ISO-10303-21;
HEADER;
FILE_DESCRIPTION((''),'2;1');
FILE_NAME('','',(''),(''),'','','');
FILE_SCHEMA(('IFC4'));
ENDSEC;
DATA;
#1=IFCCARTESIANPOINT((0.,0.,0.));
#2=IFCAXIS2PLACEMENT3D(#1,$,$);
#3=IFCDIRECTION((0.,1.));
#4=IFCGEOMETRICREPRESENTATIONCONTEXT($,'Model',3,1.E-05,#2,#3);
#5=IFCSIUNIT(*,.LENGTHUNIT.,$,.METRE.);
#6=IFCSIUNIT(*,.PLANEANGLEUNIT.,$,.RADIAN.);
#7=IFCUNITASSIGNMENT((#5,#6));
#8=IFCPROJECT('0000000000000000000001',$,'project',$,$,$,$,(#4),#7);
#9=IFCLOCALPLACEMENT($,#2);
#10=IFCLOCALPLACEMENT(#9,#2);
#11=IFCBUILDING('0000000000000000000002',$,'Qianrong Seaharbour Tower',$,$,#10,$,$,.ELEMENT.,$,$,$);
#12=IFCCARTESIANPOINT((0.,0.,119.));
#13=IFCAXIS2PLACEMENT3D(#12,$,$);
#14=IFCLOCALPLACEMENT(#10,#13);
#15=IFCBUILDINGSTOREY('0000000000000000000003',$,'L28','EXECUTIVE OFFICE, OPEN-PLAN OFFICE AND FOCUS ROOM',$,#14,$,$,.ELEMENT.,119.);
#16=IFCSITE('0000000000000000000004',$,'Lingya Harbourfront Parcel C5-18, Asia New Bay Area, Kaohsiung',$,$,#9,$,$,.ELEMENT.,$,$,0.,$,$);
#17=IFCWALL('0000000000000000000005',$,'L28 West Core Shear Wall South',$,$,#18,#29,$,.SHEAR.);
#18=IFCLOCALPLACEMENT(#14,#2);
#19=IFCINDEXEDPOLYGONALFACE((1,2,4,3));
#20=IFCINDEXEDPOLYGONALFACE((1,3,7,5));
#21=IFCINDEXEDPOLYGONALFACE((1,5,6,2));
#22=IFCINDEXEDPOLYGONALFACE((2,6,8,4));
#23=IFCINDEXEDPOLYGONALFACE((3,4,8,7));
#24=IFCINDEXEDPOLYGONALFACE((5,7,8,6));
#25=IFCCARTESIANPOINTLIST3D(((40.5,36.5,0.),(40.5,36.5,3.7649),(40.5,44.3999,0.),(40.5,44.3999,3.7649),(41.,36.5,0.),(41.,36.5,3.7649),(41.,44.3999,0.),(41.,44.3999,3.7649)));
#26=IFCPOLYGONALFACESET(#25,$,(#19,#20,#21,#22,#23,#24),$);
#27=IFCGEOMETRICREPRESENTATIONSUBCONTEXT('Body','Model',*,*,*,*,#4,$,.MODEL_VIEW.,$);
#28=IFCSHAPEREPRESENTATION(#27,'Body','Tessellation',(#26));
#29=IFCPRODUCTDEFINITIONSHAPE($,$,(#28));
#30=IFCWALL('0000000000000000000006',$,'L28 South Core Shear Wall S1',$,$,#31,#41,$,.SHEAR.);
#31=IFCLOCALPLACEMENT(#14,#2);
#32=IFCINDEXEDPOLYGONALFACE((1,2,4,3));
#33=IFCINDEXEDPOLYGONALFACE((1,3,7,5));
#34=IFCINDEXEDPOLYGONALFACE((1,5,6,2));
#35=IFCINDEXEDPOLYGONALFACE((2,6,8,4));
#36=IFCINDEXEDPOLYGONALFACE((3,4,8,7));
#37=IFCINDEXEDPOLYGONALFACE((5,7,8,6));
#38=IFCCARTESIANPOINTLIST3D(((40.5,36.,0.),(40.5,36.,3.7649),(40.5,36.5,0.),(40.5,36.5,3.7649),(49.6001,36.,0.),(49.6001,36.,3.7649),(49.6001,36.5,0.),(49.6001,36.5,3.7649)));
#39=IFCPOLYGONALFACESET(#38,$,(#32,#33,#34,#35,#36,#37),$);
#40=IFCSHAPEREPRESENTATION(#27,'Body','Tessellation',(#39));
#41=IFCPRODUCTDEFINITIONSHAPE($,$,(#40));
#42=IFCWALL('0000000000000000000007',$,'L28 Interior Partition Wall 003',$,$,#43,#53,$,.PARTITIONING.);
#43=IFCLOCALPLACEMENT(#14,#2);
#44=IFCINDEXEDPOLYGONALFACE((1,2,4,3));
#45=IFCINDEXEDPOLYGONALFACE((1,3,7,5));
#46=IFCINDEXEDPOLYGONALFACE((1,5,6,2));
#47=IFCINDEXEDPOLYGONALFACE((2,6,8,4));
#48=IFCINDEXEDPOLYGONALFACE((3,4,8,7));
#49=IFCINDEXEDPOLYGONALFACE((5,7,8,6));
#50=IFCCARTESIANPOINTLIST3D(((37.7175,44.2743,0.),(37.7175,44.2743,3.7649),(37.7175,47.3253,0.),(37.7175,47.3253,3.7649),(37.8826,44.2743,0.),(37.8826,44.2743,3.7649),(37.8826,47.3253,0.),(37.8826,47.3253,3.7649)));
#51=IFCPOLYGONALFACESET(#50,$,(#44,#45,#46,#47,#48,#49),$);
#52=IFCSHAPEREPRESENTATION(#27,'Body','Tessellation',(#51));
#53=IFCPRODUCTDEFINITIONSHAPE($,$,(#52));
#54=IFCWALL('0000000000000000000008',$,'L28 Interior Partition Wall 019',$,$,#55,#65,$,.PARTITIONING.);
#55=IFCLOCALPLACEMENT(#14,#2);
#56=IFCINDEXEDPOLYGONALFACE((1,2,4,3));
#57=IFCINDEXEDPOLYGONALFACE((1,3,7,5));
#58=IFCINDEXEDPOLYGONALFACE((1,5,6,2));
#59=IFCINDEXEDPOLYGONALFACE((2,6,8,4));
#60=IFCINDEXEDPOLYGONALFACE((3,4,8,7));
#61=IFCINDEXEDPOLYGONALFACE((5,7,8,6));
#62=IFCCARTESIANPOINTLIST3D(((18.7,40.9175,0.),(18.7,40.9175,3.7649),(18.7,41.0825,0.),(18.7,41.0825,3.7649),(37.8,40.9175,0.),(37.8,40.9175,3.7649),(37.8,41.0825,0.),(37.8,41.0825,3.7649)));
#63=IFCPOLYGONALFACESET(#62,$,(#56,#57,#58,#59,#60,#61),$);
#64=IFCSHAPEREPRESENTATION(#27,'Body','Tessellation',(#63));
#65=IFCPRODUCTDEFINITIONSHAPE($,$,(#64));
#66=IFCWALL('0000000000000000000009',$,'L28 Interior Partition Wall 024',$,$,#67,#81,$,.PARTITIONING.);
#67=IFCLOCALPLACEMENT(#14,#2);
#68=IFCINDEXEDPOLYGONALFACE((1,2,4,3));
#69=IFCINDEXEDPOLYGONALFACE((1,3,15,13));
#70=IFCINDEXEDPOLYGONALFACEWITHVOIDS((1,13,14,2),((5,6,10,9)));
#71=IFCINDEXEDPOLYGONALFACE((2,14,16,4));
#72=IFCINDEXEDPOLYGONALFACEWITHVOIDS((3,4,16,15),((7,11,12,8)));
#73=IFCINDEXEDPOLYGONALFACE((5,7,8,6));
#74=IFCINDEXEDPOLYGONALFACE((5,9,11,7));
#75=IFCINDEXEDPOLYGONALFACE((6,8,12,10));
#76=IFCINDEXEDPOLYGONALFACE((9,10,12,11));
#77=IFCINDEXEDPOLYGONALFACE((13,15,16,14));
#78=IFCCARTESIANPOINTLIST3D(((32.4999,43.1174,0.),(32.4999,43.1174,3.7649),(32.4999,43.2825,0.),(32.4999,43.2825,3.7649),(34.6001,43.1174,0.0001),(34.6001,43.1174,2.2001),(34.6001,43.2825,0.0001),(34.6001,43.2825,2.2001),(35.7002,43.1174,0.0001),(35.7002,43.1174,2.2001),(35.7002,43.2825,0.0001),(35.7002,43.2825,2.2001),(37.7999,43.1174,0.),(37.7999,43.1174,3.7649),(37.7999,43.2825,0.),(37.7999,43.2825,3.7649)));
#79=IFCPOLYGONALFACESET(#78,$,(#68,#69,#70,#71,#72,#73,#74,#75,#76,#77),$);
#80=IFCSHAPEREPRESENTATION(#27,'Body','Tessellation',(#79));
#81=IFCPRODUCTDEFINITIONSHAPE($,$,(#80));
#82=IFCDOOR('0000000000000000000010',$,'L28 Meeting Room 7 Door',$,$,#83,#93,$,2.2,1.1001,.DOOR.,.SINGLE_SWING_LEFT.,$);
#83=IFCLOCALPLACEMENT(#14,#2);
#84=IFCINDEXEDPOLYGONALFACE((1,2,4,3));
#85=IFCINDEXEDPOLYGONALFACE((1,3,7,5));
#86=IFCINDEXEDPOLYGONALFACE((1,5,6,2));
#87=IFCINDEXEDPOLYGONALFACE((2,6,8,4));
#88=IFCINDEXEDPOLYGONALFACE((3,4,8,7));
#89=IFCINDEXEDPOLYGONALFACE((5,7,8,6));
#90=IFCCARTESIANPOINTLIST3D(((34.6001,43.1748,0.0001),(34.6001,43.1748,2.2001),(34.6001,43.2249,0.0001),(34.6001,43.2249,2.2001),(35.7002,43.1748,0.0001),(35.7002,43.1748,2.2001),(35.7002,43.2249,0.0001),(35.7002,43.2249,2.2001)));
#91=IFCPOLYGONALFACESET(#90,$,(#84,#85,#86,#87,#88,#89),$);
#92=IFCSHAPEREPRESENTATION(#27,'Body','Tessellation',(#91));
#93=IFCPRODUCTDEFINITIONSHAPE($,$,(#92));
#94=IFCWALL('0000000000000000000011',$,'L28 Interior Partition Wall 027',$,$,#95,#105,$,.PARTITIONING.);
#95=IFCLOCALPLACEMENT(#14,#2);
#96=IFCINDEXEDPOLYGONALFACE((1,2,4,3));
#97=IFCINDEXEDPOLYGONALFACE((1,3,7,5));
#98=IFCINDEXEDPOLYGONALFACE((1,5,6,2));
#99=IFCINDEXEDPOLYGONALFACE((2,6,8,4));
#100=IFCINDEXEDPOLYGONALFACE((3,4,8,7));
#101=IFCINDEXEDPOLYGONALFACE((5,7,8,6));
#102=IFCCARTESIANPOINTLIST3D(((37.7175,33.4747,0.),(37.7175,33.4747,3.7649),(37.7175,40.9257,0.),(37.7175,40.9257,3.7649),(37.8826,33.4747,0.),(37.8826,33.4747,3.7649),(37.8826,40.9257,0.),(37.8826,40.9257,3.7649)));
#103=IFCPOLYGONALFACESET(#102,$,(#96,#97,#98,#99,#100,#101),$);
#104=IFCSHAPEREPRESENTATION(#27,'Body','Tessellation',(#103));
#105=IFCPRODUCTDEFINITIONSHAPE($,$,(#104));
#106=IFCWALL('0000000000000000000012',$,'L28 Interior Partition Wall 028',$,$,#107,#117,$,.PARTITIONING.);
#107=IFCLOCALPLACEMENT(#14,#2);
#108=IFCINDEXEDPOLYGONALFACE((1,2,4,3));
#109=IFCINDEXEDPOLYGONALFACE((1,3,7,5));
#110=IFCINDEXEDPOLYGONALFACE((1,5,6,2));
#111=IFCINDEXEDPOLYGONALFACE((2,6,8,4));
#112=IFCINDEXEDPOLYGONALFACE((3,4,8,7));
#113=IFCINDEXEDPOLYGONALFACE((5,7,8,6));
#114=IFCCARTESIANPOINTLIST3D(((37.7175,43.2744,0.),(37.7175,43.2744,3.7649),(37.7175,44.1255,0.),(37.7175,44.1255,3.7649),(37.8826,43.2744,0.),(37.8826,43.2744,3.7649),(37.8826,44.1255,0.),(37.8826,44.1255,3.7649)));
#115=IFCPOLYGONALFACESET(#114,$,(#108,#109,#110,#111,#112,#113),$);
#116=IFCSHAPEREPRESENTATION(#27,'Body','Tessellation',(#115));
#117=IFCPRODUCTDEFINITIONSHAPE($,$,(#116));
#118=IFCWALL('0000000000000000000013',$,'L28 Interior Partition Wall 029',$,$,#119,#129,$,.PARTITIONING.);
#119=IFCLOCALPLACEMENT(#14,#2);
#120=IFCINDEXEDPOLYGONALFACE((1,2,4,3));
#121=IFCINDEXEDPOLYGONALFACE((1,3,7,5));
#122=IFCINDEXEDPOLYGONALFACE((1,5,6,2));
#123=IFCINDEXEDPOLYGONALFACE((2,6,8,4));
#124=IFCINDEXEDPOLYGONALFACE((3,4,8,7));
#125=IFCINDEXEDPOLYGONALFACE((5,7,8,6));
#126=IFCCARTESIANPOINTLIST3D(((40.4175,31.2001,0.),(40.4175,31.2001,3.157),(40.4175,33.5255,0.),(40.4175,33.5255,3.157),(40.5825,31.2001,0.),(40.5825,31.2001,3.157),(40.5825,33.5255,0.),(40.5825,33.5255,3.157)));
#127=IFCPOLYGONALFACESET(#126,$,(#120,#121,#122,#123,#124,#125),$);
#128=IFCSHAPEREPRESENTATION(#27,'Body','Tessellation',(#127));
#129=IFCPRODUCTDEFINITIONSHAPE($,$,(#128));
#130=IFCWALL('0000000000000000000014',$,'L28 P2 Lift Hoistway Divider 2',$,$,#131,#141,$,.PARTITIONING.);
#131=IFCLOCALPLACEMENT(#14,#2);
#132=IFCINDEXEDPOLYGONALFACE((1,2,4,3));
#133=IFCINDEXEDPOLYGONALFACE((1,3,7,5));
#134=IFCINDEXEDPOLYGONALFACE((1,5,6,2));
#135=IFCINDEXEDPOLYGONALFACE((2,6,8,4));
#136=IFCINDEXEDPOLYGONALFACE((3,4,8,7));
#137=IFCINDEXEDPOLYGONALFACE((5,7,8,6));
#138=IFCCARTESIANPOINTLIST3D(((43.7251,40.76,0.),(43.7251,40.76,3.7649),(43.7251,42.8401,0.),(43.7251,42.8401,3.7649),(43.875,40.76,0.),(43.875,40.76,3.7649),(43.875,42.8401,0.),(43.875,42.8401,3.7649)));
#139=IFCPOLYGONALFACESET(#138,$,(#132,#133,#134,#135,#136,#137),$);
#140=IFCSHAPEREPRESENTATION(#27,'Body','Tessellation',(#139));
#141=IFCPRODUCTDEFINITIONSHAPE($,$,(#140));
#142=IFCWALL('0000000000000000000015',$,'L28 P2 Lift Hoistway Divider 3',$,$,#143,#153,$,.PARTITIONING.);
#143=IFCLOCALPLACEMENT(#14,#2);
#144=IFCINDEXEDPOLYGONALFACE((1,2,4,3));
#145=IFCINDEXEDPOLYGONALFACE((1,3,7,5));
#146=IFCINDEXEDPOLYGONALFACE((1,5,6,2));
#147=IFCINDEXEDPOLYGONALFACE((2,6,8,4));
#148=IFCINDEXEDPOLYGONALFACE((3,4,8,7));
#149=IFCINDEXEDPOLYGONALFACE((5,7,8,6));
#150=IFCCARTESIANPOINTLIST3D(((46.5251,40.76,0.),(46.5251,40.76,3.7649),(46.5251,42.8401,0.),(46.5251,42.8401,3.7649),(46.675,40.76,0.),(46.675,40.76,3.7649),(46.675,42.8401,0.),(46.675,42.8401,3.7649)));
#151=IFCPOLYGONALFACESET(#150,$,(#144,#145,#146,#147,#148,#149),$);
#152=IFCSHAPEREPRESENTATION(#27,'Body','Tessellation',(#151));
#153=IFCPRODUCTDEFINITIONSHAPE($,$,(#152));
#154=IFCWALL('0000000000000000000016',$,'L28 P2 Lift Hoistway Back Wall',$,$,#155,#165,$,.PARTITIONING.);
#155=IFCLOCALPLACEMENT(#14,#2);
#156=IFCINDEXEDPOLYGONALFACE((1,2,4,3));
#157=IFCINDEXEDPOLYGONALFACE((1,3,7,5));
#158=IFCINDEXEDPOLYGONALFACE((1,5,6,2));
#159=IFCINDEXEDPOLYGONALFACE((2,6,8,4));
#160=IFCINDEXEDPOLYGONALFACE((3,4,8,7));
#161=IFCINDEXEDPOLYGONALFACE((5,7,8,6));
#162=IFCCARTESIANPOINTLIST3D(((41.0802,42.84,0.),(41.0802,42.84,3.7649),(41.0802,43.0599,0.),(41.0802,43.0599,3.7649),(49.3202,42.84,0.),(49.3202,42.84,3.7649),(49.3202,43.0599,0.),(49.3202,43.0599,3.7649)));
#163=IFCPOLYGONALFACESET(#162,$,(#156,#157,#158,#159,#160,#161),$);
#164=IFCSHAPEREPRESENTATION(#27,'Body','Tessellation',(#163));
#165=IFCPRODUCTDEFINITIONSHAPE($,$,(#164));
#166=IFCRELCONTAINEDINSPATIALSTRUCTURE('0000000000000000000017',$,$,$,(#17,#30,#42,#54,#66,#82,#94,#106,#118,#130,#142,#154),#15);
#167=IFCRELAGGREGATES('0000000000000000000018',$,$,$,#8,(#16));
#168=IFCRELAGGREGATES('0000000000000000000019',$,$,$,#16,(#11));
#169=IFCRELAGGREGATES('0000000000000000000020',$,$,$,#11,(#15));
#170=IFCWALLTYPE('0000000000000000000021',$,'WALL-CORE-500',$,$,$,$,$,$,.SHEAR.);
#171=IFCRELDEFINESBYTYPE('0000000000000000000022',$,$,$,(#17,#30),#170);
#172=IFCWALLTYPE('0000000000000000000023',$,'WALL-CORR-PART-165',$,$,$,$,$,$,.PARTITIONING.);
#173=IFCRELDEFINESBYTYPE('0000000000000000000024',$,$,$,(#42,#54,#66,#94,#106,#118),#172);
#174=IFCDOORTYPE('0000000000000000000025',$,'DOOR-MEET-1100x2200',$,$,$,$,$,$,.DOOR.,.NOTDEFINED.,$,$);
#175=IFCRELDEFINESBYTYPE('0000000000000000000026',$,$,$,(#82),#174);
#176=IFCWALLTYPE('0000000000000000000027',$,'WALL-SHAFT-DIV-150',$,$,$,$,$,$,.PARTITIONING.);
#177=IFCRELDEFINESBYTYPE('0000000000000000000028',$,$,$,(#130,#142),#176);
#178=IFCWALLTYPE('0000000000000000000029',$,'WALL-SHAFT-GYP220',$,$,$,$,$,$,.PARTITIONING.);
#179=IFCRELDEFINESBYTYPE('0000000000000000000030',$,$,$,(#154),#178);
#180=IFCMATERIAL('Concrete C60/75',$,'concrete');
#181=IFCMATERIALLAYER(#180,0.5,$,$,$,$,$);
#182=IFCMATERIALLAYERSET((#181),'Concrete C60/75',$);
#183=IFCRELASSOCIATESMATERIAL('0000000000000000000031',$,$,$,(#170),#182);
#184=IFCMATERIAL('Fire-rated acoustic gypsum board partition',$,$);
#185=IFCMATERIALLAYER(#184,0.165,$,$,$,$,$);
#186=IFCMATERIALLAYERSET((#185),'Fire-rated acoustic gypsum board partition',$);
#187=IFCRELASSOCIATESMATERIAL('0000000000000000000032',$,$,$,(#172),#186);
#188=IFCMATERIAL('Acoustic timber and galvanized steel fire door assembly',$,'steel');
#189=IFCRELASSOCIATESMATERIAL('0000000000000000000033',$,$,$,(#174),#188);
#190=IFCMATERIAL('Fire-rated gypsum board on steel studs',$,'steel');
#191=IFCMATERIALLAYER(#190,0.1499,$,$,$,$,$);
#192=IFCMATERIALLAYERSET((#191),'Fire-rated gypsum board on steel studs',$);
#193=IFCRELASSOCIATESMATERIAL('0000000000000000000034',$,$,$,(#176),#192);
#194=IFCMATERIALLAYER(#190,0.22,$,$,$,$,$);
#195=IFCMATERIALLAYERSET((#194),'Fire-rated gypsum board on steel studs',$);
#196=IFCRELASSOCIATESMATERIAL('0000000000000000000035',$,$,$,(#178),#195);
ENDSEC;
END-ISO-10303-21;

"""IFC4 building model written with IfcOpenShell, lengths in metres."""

from ifc_helpers import new_model, si_unit, direction, frame, frame_2d, origin, place, context, subcontext, project, spatial, rectangle, extrude, material, layer, layer_set, type_object, element, fill, save


model = new_model("IFC4")

# Units and contexts
model_context = context("Model", 3, precision=1e-05, world=origin(), true_north=direction((0.0, 1.0)))
body_context = subcontext(model_context, "Body", "Model", "MODEL_VIEW")
ifc_project = project(units=[si_unit("LENGTHUNIT", "METRE"), si_unit("PLANEANGLEUNIT", "RADIAN")], contexts=[model_context])

# Site, building, storey
site_placement = place(None, origin())
site = spatial("IfcSite", under=ifc_project, at=site_placement, Name="Lingya Harbourfront Parcel C5-18, Asia New Bay Area, Kaohsiung", CompositionType="ELEMENT", RefElevation=0.0)
building_placement = place(site_placement, origin())
building = spatial("IfcBuilding", under=site, at=building_placement, Name="Qianrong Seaharbour Tower", CompositionType="ELEMENT")
storey_placement = place(building_placement, frame((0.0, 0.0, 119.0)))
storey = spatial("IfcBuildingStorey", under=building, at=storey_placement, Name="L28", Description="EXECUTIVE OFFICE, OPEN-PLAN OFFICE AND FOCUS ROOM", CompositionType="ELEMENT", Elevation=119.0)

# Walls
ifc_material_1 = material(Name="Concrete C60/75", Category="concrete")
ifc_layer_1 = layer(ifc_material_1, 0.5)
ifc_layer_set_1 = layer_set([ifc_layer_1], Name="Concrete C60/75")
wall_type_1 = type_object("IfcWallType", Name="WALL-CORE-500", PredefinedType="SHEAR", material=ifc_layer_set_1)
wall_1_placement = place(storey_placement, frame((40.75, 36.5, 0.0), z_axis=(0.0, 0.0, 1.0), x_axis=(0.0, 1.0, 0.0)))
element("IfcWall", 1, at=wall_1_placement, inside=storey, type_object=wall_type_1, Name="L28 West Core Shear Wall South", PredefinedType="SHEAR", context=body_context, shape_type="SweptSolid", body=[
    extrude(rectangle(XDim=7.8999, YDim=0.5, at=frame_2d((3.95, 0.0))), origin(), (0.0, 0.0, 1.0), 3.7649),
])
wall_2_placement = place(storey_placement, frame((40.5, 36.25, 0.0), z_axis=(0.0, 0.0, 1.0), x_axis=(1.0, 0.0, 0.0)))
element("IfcWall", 2, at=wall_2_placement, inside=storey, type_object=wall_type_1, Name="L28 South Core Shear Wall S1", PredefinedType="SHEAR", context=body_context, shape_type="SweptSolid", body=[
    extrude(rectangle(XDim=9.1001, YDim=0.5, at=frame_2d((4.55, 0.0))), origin(), (0.0, 0.0, 1.0), 3.7649),
])

# Shared definitions
ifc_material_2 = material(Name="Fire-rated acoustic gypsum board partition")
ifc_layer_2 = layer(ifc_material_2, 0.165)
ifc_layer_set_2 = layer_set([ifc_layer_2], Name="Fire-rated acoustic gypsum board partition")
wall_type_2 = type_object("IfcWallType", Name="WALL-CORR-PART-165", PredefinedType="PARTITIONING", material=ifc_layer_set_2)
ifc_material_3 = material(Name="Acoustic timber and galvanized steel fire door assembly", Category="steel")

# Walls
wall_3_placement = place(storey_placement, frame((37.8, 44.2744, 0.0), z_axis=(0.0, 0.0, 1.0), x_axis=(0.0, 1.0, 0.0)))
element("IfcWall", 3, at=wall_3_placement, inside=storey, type_object=wall_type_2, Name="L28 Interior Partition Wall 003", PredefinedType="PARTITIONING", context=body_context, shape_type="SweptSolid", body=[
    extrude(rectangle(XDim=3.051, YDim=0.165, at=frame_2d((1.5254, 0.0))), origin(), (0.0, 0.0, 1.0), 3.7649),
])
wall_4_placement = place(storey_placement, frame((37.8, 41.0, 0.0), z_axis=(0.0, 0.0, 1.0), x_axis=(-1.0, 0.0, 0.0)))
element("IfcWall", 4, at=wall_4_placement, inside=storey, type_object=wall_type_2, Name="L28 Interior Partition Wall 019", PredefinedType="PARTITIONING", context=body_context, shape_type="SweptSolid", body=[
    extrude(rectangle(XDim=19.1001, YDim=0.165, at=frame_2d((9.55, 0.0))), origin(), (0.0, 0.0, 1.0), 3.7649),
])

# Wall, opening, door
wall_5_placement = place(storey_placement, frame((32.5, 43.2, 0.0), z_axis=(0.0, 0.0, 1.0), x_axis=(1.0, 0.0, 0.0)))
wall_5 = element("IfcWall", 5, at=wall_5_placement, inside=storey, type_object=wall_type_2, Name="L28 Interior Partition Wall 024", PredefinedType="PARTITIONING", context=body_context, shape_type="SweptSolid", body=[
    extrude(rectangle(XDim=5.3, YDim=0.165, at=frame_2d((2.6499, 0.0))), origin(), (0.0, 0.0, 1.0), 3.7649),
])
opening_1_placement = place(wall_5_placement, frame((2.1001, 0.0, 0.0)))
opening_1 = element("IfcOpeningElement", 6, at=opening_1_placement, cuts=wall_5, PredefinedType="OPENING", context=body_context, shape_type="SweptSolid", body=[
    extrude(rectangle(XDim=1.1001, YDim=2.2, at=frame_2d((0.55, 1.1001))), frame((0.0, 0.0925, 0.0), z_axis=(0.0, -1.0, 0.0), x_axis=(1.0, 0.0, 0.0)), (0.0, 0.0, 1.0), 0.1851),
])
door_type_1 = type_object("IfcDoorType", Name="DOOR-MEET-1100x2200", OperationType="NOTDEFINED", PredefinedType="DOOR", material=ifc_material_3)
door_1_placement = place(opening_1_placement, origin())
door_1 = element("IfcDoor", 7, at=door_1_placement, inside=storey, type_object=door_type_1, Name="L28 Meeting Room 7 Door", OperationType="SINGLE_SWING_LEFT", OverallHeight=2.2, OverallWidth=1.1001, PredefinedType="DOOR", context=body_context, shape_type="SweptSolid", body=[
    extrude(rectangle(XDim=1.1001, YDim=2.2, at=frame_2d((0.55, 1.1001))), frame((0.0, 0.0249, 0.0), z_axis=(0.0, -1.0, 0.0), x_axis=(1.0, 0.0, 0.0)), (0.0, 0.0, 1.0), 0.05),
])
fill(opening_1, door_1)

# Walls
wall_6_placement = place(storey_placement, frame((37.8, 33.4746, 0.0), z_axis=(0.0, 0.0, 1.0), x_axis=(0.0, 1.0, 0.0)))
element("IfcWall", 8, at=wall_6_placement, inside=storey, type_object=wall_type_2, Name="L28 Interior Partition Wall 027", PredefinedType="PARTITIONING", context=body_context, shape_type="SweptSolid", body=[
    extrude(rectangle(XDim=7.4509, YDim=0.165, at=frame_2d((3.7256, 0.0))), origin(), (0.0, 0.0, 1.0), 3.7649),
])
wall_7_placement = place(storey_placement, frame((37.8, 43.2744, 0.0), z_axis=(0.0, 0.0, 1.0), x_axis=(0.0, 1.0, 0.0)))
element("IfcWall", 9, at=wall_7_placement, inside=storey, type_object=wall_type_2, Name="L28 Interior Partition Wall 028", PredefinedType="PARTITIONING", context=body_context, shape_type="SweptSolid", body=[
    extrude(rectangle(XDim=0.8511, YDim=0.165, at=frame_2d((0.4255, 0.0))), origin(), (0.0, 0.0, 1.0), 3.7649),
])
wall_8_placement = place(storey_placement, frame((40.5, 33.5254, 0.0), z_axis=(0.0, 0.0, 1.0), x_axis=(0.0, -1.0, 0.0)))
element("IfcWall", 10, at=wall_8_placement, inside=storey, type_object=wall_type_2, Name="L28 Interior Partition Wall 029", PredefinedType="PARTITIONING", context=body_context, shape_type="SweptSolid", body=[
    extrude(rectangle(XDim=2.3254, YDim=0.165, at=frame_2d((1.1626, 0.0))), origin(), (0.0, 0.0, 1.0), 3.157),
])
ifc_material_4 = material(Name="Fire-rated gypsum board on steel studs", Category="steel")
ifc_layer_3 = layer(ifc_material_4, 0.1499)
ifc_layer_set_3 = layer_set([ifc_layer_3], Name="Fire-rated gypsum board on steel studs")
wall_type_3 = type_object("IfcWallType", Name="WALL-SHAFT-DIV-150", PredefinedType="PARTITIONING", material=ifc_layer_set_3)
for number, where, z_axis, x_axis, name in (
    (11, (43.8, 40.76, 0.0), (0.0, 0.0, 1.0), (0.0, 1.0, 0.0), "L28 P2 Lift Hoistway Divider 2"),
    (12, (46.6001, 40.76, 0.0), (0.0, 0.0, 1.0), (0.0, 1.0, 0.0), "L28 P2 Lift Hoistway Divider 3"),
):
    element("IfcWall", number, at=place(storey_placement, frame(where, z_axis=z_axis, x_axis=x_axis)), inside=storey, type_object=wall_type_3, Name=name, PredefinedType="PARTITIONING", context=body_context, shape_type="SweptSolid", body=[
        extrude(rectangle(XDim=2.0801, YDim=0.1499, at=frame_2d((1.04, 0.0))), origin(), (0.0, 0.0, 1.0), 3.7649),
    ])
ifc_layer_4 = layer(ifc_material_4, 0.22)
ifc_layer_set_4 = layer_set([ifc_layer_4], Name="Fire-rated gypsum board on steel studs")
wall_type_4 = type_object("IfcWallType", Name="WALL-SHAFT-GYP220", PredefinedType="PARTITIONING", material=ifc_layer_set_4)
wall_9_placement = place(storey_placement, frame((41.0801, 42.95, 0.0), z_axis=(0.0, 0.0, 1.0), x_axis=(1.0, 0.0, 0.0)))
element("IfcWall", 13, at=wall_9_placement, inside=storey, type_object=wall_type_4, Name="L28 P2 Lift Hoistway Back Wall", PredefinedType="PARTITIONING", context=body_context, shape_type="SweptSolid", body=[
    extrude(rectangle(XDim=8.24, YDim=0.22, at=frame_2d((4.1201, 0.0))), origin(), (0.0, 0.0, 1.0), 3.7649),
])

save(model, "model.ifc")
